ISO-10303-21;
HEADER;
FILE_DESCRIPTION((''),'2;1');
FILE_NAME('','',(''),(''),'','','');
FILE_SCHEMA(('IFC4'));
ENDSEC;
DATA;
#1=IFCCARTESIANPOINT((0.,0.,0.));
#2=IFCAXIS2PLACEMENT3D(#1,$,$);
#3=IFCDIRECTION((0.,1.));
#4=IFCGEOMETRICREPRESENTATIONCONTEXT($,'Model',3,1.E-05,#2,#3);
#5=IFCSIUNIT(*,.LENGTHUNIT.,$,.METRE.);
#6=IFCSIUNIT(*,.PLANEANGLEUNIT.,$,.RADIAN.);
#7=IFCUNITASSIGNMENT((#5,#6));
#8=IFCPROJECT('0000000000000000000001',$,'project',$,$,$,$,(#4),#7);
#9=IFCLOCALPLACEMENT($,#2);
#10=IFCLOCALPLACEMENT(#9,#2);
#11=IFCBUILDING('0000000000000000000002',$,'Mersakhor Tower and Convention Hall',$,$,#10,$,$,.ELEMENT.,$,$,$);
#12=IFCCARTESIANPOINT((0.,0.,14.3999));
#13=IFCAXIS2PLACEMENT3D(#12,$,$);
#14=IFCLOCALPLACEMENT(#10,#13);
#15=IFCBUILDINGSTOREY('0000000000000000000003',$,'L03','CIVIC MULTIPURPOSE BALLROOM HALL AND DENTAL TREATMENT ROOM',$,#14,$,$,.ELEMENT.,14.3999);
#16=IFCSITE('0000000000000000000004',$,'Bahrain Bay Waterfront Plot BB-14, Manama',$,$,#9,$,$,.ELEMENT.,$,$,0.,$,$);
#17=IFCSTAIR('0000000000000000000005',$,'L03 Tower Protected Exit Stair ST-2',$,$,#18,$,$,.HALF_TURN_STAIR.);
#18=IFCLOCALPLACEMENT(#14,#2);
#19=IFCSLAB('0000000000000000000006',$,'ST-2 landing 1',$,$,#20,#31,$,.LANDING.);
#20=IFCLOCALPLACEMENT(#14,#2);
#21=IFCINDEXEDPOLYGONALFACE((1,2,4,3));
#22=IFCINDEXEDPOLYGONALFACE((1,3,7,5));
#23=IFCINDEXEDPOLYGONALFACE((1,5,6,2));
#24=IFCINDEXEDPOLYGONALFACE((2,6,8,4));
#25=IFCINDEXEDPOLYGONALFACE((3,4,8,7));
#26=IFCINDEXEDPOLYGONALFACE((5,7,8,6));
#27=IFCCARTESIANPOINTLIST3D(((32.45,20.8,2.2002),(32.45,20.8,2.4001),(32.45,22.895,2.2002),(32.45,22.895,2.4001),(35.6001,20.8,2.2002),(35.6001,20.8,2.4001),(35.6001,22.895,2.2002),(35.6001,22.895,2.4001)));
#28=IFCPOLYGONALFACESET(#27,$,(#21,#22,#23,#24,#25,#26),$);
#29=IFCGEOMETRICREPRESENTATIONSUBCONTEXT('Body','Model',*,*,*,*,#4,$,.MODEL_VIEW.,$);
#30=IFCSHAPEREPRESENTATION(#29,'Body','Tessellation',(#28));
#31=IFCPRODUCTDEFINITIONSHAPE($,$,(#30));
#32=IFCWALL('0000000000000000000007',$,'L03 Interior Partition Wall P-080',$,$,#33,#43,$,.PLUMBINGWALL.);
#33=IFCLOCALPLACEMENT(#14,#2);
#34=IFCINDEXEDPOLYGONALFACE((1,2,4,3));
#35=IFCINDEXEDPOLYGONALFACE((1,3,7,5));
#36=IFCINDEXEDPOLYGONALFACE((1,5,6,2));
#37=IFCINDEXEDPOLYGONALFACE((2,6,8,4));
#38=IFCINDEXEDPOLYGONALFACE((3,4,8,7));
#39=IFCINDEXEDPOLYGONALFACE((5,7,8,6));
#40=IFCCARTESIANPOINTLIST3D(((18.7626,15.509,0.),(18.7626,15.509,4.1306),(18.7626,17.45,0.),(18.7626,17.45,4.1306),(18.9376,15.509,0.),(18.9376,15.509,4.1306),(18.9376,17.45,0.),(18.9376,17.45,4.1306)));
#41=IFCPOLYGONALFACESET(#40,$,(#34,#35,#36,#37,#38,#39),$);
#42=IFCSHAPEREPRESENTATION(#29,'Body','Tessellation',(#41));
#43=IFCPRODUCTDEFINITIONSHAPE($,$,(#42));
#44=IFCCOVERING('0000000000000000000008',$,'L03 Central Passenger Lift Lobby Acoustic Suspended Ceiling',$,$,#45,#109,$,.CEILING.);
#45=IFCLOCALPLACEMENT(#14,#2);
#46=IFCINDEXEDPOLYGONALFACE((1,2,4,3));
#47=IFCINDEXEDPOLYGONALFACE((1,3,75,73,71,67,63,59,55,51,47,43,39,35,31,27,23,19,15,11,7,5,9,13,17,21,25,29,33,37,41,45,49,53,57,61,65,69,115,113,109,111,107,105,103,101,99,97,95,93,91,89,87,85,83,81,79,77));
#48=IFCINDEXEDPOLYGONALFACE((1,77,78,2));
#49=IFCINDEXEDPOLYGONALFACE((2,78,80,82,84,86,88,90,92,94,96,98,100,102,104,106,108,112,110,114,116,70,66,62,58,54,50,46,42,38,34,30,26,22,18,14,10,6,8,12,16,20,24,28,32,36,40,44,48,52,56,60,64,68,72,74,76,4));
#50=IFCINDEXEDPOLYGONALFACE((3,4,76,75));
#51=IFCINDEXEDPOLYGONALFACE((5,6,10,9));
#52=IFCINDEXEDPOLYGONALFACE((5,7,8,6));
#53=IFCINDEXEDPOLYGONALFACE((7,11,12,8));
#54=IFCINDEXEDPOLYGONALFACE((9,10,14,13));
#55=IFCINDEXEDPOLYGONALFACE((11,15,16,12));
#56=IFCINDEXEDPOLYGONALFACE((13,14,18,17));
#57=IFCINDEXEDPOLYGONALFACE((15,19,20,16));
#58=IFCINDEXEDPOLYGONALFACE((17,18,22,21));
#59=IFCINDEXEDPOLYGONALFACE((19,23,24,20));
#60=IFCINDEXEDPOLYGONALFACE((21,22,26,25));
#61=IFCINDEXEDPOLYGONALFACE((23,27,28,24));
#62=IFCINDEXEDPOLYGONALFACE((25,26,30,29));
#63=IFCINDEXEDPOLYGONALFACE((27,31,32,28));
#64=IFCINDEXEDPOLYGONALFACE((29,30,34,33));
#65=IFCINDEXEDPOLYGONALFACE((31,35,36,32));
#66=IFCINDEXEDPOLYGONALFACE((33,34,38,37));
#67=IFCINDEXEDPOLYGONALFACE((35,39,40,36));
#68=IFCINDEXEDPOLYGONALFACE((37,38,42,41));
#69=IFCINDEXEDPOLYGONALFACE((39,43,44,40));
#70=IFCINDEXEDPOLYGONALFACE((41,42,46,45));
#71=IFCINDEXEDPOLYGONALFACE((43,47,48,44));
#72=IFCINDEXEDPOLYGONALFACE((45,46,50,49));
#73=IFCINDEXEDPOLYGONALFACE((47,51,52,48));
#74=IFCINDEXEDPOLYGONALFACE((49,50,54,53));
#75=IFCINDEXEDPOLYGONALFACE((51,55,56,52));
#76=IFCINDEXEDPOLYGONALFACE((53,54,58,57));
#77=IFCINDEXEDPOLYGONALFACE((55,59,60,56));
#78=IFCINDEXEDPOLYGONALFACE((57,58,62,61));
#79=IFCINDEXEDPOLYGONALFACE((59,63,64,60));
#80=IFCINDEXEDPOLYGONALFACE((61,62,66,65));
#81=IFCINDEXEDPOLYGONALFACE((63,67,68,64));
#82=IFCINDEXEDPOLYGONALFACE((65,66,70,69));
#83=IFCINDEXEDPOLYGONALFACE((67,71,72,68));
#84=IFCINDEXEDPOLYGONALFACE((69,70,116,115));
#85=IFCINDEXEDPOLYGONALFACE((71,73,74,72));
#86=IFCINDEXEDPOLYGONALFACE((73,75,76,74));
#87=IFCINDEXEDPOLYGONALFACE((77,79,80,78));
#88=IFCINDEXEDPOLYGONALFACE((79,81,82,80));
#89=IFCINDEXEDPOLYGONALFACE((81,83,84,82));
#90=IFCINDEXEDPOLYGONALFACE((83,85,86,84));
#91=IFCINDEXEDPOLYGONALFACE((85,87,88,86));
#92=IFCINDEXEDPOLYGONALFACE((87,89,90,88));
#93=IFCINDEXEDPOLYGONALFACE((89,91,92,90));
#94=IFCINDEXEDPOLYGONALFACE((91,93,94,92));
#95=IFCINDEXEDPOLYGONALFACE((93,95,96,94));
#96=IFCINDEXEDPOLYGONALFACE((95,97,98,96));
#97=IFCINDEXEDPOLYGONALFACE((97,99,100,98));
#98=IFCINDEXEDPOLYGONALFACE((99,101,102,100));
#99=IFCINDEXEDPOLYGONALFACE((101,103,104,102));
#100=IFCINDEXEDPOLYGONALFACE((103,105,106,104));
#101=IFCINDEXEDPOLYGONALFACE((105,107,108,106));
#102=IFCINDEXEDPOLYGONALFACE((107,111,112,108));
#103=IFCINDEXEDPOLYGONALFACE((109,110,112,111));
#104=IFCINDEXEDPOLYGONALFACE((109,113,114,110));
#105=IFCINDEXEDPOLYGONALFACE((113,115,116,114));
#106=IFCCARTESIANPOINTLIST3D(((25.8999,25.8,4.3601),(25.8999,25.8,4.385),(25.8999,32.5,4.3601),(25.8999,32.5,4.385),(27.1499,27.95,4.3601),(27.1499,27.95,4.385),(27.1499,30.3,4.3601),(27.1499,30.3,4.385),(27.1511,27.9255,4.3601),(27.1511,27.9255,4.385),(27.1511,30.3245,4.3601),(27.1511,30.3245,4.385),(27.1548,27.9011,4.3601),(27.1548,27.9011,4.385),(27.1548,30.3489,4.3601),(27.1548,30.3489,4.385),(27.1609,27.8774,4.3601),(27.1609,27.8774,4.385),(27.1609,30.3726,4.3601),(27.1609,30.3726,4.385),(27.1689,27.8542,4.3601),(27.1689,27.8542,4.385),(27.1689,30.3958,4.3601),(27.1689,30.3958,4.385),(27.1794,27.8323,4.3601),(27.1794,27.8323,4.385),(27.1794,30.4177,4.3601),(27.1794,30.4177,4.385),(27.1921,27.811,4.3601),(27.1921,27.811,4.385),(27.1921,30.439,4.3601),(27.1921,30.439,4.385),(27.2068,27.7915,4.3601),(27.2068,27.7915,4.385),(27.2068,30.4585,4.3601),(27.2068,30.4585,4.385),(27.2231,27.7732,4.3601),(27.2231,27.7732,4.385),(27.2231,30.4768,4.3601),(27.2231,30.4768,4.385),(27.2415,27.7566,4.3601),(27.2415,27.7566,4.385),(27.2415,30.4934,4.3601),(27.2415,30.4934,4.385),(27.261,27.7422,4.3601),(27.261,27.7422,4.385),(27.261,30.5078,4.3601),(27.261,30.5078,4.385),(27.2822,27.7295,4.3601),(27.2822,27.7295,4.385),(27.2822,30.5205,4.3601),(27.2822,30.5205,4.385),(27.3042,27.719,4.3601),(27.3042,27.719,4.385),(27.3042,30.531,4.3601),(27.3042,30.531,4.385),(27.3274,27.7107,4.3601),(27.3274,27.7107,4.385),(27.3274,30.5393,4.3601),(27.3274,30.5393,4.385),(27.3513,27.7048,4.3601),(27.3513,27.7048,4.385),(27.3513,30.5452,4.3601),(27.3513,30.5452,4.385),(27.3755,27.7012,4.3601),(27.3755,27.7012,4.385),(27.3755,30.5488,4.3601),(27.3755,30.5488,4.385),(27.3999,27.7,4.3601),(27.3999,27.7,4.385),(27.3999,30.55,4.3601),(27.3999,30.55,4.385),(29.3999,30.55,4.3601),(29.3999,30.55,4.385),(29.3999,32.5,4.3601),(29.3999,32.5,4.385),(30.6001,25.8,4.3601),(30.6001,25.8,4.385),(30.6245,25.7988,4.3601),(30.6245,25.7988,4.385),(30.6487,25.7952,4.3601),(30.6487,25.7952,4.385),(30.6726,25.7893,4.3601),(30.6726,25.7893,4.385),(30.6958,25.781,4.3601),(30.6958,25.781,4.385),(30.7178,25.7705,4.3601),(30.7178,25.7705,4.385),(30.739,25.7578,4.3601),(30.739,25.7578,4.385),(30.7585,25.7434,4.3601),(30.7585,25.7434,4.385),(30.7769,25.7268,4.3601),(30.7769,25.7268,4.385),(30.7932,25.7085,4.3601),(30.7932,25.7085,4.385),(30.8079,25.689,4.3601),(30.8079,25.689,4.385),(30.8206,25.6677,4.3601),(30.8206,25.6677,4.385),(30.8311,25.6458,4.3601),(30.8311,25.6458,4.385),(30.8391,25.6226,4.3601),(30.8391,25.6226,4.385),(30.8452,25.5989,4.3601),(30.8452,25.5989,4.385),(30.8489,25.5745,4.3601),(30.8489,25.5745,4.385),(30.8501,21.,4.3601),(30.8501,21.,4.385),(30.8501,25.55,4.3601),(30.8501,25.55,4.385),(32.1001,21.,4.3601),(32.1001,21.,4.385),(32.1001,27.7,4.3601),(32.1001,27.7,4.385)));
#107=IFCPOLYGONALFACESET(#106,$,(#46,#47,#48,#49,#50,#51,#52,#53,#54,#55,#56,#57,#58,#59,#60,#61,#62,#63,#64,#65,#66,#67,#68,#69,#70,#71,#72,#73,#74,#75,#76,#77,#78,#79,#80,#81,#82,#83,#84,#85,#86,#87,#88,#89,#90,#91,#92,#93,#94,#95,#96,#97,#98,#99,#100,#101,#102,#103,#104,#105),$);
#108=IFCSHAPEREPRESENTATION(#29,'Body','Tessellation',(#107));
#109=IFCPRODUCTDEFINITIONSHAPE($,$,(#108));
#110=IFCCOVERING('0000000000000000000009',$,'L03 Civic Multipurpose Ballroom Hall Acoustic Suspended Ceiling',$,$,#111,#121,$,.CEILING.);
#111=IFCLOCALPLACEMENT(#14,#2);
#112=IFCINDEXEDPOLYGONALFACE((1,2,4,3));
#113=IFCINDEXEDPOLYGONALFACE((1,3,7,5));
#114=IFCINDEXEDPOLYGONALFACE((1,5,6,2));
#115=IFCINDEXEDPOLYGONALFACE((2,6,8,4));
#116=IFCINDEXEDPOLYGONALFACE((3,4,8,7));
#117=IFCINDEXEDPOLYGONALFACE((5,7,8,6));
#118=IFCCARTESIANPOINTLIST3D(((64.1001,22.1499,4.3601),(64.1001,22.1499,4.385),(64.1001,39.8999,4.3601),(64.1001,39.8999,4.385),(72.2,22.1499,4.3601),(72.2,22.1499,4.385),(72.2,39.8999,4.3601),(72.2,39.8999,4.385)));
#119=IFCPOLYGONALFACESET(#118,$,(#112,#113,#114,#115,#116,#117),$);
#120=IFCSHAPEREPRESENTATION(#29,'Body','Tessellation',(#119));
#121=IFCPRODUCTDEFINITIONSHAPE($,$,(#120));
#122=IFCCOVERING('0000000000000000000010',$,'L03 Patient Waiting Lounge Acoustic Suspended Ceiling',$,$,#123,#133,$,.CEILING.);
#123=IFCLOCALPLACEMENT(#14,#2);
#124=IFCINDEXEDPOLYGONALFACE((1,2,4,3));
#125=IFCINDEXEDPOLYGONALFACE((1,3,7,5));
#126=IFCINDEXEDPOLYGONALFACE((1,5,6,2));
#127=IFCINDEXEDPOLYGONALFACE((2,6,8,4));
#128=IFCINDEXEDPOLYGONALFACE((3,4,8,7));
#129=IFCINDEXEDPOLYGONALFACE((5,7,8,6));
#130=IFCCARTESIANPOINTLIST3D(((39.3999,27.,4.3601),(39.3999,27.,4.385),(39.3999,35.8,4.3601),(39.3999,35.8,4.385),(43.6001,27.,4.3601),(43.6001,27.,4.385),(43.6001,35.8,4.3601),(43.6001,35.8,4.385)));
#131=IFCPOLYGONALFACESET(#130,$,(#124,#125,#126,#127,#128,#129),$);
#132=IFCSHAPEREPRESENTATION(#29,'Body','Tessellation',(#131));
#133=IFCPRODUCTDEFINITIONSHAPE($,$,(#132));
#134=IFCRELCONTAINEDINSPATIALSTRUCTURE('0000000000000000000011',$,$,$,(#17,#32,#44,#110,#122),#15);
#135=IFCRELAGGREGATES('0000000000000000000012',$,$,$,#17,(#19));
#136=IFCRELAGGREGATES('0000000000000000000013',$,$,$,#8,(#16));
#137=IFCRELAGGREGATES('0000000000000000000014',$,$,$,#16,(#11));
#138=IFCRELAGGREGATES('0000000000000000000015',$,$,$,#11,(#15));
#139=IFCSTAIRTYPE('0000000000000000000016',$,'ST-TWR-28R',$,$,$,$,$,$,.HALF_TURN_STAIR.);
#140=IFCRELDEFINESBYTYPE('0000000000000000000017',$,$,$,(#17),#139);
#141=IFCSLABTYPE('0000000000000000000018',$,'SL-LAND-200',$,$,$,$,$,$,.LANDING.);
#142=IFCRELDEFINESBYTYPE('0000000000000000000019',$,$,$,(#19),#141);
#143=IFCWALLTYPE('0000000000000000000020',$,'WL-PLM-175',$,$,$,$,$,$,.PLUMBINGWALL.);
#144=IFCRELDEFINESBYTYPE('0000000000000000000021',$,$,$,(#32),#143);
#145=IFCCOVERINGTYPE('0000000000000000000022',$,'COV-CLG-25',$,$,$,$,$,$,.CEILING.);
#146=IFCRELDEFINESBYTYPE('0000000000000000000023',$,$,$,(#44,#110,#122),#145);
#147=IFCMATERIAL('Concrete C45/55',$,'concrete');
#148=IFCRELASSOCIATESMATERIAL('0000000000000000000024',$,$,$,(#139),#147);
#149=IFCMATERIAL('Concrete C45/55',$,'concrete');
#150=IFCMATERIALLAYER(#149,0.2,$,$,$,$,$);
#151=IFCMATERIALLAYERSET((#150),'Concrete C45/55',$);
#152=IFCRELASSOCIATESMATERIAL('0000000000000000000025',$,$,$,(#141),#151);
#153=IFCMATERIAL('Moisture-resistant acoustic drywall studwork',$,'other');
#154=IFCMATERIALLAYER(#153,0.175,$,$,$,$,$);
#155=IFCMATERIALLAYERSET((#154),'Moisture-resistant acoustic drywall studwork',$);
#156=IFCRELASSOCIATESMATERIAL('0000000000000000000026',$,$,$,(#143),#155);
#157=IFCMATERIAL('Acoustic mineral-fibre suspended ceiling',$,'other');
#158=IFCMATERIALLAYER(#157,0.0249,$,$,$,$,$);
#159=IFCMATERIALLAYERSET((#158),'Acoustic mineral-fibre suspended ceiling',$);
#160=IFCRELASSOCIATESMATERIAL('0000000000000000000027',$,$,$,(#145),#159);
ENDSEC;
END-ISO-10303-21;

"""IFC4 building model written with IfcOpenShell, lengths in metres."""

from ifc_helpers import new_model, si_unit, direction, frame, frame_2d, origin, place, context, subcontext, project, spatial, polyline, rectangle, outline, extrude, material, layer, layer_set, type_object, element, aggregate, save


model = new_model("IFC4")

# Units and contexts
model_context = context("Model", 3, precision=1e-05, world=origin(), true_north=direction((0.0, 1.0)))
body_context = subcontext(model_context, "Body", "Model", "MODEL_VIEW")
ifc_project = project(units=[si_unit("LENGTHUNIT", "METRE"), si_unit("PLANEANGLEUNIT", "RADIAN")], contexts=[model_context])

# Site, building, storey
site_placement = place(None, origin())
site = spatial("IfcSite", under=ifc_project, at=site_placement, Name="Bahrain Bay Waterfront Plot BB-14, Manama", CompositionType="ELEMENT", RefElevation=0.0)
building_placement = place(site_placement, origin())
building = spatial("IfcBuilding", under=site, at=building_placement, Name="Mersakhor Tower and Convention Hall", CompositionType="ELEMENT")
storey_placement = place(building_placement, frame((0.0, 0.0, 14.3999)))
storey = spatial("IfcBuildingStorey", under=building, at=storey_placement, Name="L03", Description="CIVIC MULTIPURPOSE BALLROOM HALL AND DENTAL TREATMENT ROOM", CompositionType="ELEMENT", Elevation=14.3999)

# Stair, slab
ifc_material_1 = material(Name="Concrete C45/55", Category="concrete")
stair_type = type_object("IfcStairType", Name="ST-TWR-28R", PredefinedType="HALF_TURN_STAIR", material=ifc_material_1)
ifc_material_2 = material(Name="Concrete C45/55", Category="concrete")
ifc_layer_1 = layer(ifc_material_2, 0.2)
ifc_layer_set_1 = layer_set([ifc_layer_1], Name="Concrete C45/55")
slab_type_1 = type_object("IfcSlabType", Name="SL-LAND-200", PredefinedType="LANDING", material=ifc_layer_set_1)
stair_1_placement = place(storey_placement, origin())
stair_1 = element("IfcStair", 1, at=stair_1_placement, inside=storey, type_object=stair_type, Name="L03 Tower Protected Exit Stair ST-2", PredefinedType="HALF_TURN_STAIR")
slab_1_placement = place(storey_placement, frame((0.0, 0.0, 2.2002)))
slab_1 = element("IfcSlab", 2, at=slab_1_placement, type_object=slab_type_1, Name="ST-2 landing 1", PredefinedType="LANDING", context=body_context, shape_type="SweptSolid", body=[
    extrude(outline(polyline([(32.45, 22.895), (32.45, 20.8), (35.6001, 20.8), (35.6001, 22.895), (32.45, 22.895)])), origin(), (0.0, 0.0, 1.0), 0.2),
])
aggregate(stair_1, [slab_1])

# Wall
ifc_material_3 = material(Name="Moisture-resistant acoustic drywall studwork", Category="other")
ifc_layer_2 = layer(ifc_material_3, 0.175)
ifc_layer_set_2 = layer_set([ifc_layer_2], Name="Moisture-resistant acoustic drywall studwork")
wall_type = type_object("IfcWallType", Name="WL-PLM-175", PredefinedType="PLUMBINGWALL", material=ifc_layer_set_2)
wall_placement = place(storey_placement, frame((18.8501, 15.509, 0.0), z_axis=(0.0, 0.0, 1.0), x_axis=(0.0, 1.0, 0.0)))
element("IfcWall", 3, at=wall_placement, inside=storey, type_object=wall_type, Name="L03 Interior Partition Wall P-080", PredefinedType="PLUMBINGWALL", context=body_context, shape_type="SweptSolid", body=[
    extrude(rectangle(XDim=1.9409, YDim=0.175, at=frame_2d((0.9705, 0.0))), origin(), (0.0, 0.0, 1.0), 4.1306),
])

# Coverings
ifc_material_4 = material(Name="Acoustic mineral-fibre suspended ceiling", Category="other")
ifc_layer_3 = layer(ifc_material_4, 0.0249)
ifc_layer_set_3 = layer_set([ifc_layer_3], Name="Acoustic mineral-fibre suspended ceiling")
covering_type_1 = type_object("IfcCoveringType", Name="COV-CLG-25", PredefinedType="CEILING", material=ifc_layer_set_3)
covering_1_placement = place(storey_placement, frame((0.0, 0.0, 4.3601)))
element("IfcCovering", 4, at=covering_1_placement, inside=storey, type_object=covering_type_1, Name="L03 Central Passenger Lift Lobby Acoustic Suspended Ceiling", PredefinedType="CEILING", context=body_context, shape_type="SweptSolid", body=[
    extrude(outline(polyline([(30.8501, 21.0), (30.8501, 25.55), (30.8489, 25.5745), (30.8452, 25.5989), (30.8391, 25.6226), (30.8311, 25.6458), (30.8206, 25.6677), (30.8079, 25.689), (30.7932, 25.7085), (30.7769, 25.7268), (30.7585, 25.7434), (30.739, 25.7578), (30.7178, 25.7705), (30.6958, 25.781), (30.6726, 25.7893), (30.6487, 25.7952), (30.6245, 25.7988), (30.6001, 25.8), (25.8999, 25.8), (25.8999, 32.5), (29.3999, 32.5), (29.3999, 30.55), (27.3999, 30.55), (27.3755, 30.5488), (27.3513, 30.5452), (27.3274, 30.5393), (27.3042, 30.531), (27.2822, 30.5205), (27.261, 30.5078), (27.2415, 30.4934), (27.2231, 30.4768), (27.2068, 30.4585), (27.1921, 30.439), (27.1794, 30.4177), (27.1689, 30.3958), (27.1609, 30.3726), (27.1548, 30.3489), (27.1511, 30.3245), (27.1499, 30.3), (27.1499, 27.95), (27.1511, 27.9255), (27.1548, 27.9011), (27.1609, 27.8774), (27.1689, 27.8542), (27.1794, 27.8323), (27.1921, 27.811), (27.2068, 27.7915), (27.2231, 27.7732), (27.2415, 27.7566), (27.261, 27.7422), (27.2822, 27.7295), (27.3042, 27.719), (27.3274, 27.7107), (27.3513, 27.7048), (27.3755, 27.7012), (27.3999, 27.7), (32.1001, 27.7), (32.1001, 21.0), (30.8501, 21.0)])), origin(), (0.0, 0.0, 1.0), 0.0249),
])
covering_2_placement = place(storey_placement, frame((0.0, 0.0, 4.3601)))
element("IfcCovering", 5, at=covering_2_placement, inside=storey, type_object=covering_type_1, Name="L03 Civic Multipurpose Ballroom Hall Acoustic Suspended Ceiling", PredefinedType="CEILING", context=body_context, shape_type="SweptSolid", body=[
    extrude(outline(polyline([(64.1001, 39.8999), (72.2, 39.8999), (72.2, 22.1499), (64.1001, 22.1499), (64.1001, 39.8999)])), origin(), (0.0, 0.0, 1.0), 0.0249),
])
covering_3_placement = place(storey_placement, frame((0.0, 0.0, 4.3601)))
element("IfcCovering", 6, at=covering_3_placement, inside=storey, type_object=covering_type_1, Name="L03 Patient Waiting Lounge Acoustic Suspended Ceiling", PredefinedType="CEILING", context=body_context, shape_type="SweptSolid", body=[
    extrude(outline(polyline([(39.3999, 27.0), (39.3999, 35.8), (43.6001, 35.8), (43.6001, 27.0), (39.3999, 27.0)])), origin(), (0.0, 0.0, 1.0), 0.0249),
])

save(model, "model.ifc")
